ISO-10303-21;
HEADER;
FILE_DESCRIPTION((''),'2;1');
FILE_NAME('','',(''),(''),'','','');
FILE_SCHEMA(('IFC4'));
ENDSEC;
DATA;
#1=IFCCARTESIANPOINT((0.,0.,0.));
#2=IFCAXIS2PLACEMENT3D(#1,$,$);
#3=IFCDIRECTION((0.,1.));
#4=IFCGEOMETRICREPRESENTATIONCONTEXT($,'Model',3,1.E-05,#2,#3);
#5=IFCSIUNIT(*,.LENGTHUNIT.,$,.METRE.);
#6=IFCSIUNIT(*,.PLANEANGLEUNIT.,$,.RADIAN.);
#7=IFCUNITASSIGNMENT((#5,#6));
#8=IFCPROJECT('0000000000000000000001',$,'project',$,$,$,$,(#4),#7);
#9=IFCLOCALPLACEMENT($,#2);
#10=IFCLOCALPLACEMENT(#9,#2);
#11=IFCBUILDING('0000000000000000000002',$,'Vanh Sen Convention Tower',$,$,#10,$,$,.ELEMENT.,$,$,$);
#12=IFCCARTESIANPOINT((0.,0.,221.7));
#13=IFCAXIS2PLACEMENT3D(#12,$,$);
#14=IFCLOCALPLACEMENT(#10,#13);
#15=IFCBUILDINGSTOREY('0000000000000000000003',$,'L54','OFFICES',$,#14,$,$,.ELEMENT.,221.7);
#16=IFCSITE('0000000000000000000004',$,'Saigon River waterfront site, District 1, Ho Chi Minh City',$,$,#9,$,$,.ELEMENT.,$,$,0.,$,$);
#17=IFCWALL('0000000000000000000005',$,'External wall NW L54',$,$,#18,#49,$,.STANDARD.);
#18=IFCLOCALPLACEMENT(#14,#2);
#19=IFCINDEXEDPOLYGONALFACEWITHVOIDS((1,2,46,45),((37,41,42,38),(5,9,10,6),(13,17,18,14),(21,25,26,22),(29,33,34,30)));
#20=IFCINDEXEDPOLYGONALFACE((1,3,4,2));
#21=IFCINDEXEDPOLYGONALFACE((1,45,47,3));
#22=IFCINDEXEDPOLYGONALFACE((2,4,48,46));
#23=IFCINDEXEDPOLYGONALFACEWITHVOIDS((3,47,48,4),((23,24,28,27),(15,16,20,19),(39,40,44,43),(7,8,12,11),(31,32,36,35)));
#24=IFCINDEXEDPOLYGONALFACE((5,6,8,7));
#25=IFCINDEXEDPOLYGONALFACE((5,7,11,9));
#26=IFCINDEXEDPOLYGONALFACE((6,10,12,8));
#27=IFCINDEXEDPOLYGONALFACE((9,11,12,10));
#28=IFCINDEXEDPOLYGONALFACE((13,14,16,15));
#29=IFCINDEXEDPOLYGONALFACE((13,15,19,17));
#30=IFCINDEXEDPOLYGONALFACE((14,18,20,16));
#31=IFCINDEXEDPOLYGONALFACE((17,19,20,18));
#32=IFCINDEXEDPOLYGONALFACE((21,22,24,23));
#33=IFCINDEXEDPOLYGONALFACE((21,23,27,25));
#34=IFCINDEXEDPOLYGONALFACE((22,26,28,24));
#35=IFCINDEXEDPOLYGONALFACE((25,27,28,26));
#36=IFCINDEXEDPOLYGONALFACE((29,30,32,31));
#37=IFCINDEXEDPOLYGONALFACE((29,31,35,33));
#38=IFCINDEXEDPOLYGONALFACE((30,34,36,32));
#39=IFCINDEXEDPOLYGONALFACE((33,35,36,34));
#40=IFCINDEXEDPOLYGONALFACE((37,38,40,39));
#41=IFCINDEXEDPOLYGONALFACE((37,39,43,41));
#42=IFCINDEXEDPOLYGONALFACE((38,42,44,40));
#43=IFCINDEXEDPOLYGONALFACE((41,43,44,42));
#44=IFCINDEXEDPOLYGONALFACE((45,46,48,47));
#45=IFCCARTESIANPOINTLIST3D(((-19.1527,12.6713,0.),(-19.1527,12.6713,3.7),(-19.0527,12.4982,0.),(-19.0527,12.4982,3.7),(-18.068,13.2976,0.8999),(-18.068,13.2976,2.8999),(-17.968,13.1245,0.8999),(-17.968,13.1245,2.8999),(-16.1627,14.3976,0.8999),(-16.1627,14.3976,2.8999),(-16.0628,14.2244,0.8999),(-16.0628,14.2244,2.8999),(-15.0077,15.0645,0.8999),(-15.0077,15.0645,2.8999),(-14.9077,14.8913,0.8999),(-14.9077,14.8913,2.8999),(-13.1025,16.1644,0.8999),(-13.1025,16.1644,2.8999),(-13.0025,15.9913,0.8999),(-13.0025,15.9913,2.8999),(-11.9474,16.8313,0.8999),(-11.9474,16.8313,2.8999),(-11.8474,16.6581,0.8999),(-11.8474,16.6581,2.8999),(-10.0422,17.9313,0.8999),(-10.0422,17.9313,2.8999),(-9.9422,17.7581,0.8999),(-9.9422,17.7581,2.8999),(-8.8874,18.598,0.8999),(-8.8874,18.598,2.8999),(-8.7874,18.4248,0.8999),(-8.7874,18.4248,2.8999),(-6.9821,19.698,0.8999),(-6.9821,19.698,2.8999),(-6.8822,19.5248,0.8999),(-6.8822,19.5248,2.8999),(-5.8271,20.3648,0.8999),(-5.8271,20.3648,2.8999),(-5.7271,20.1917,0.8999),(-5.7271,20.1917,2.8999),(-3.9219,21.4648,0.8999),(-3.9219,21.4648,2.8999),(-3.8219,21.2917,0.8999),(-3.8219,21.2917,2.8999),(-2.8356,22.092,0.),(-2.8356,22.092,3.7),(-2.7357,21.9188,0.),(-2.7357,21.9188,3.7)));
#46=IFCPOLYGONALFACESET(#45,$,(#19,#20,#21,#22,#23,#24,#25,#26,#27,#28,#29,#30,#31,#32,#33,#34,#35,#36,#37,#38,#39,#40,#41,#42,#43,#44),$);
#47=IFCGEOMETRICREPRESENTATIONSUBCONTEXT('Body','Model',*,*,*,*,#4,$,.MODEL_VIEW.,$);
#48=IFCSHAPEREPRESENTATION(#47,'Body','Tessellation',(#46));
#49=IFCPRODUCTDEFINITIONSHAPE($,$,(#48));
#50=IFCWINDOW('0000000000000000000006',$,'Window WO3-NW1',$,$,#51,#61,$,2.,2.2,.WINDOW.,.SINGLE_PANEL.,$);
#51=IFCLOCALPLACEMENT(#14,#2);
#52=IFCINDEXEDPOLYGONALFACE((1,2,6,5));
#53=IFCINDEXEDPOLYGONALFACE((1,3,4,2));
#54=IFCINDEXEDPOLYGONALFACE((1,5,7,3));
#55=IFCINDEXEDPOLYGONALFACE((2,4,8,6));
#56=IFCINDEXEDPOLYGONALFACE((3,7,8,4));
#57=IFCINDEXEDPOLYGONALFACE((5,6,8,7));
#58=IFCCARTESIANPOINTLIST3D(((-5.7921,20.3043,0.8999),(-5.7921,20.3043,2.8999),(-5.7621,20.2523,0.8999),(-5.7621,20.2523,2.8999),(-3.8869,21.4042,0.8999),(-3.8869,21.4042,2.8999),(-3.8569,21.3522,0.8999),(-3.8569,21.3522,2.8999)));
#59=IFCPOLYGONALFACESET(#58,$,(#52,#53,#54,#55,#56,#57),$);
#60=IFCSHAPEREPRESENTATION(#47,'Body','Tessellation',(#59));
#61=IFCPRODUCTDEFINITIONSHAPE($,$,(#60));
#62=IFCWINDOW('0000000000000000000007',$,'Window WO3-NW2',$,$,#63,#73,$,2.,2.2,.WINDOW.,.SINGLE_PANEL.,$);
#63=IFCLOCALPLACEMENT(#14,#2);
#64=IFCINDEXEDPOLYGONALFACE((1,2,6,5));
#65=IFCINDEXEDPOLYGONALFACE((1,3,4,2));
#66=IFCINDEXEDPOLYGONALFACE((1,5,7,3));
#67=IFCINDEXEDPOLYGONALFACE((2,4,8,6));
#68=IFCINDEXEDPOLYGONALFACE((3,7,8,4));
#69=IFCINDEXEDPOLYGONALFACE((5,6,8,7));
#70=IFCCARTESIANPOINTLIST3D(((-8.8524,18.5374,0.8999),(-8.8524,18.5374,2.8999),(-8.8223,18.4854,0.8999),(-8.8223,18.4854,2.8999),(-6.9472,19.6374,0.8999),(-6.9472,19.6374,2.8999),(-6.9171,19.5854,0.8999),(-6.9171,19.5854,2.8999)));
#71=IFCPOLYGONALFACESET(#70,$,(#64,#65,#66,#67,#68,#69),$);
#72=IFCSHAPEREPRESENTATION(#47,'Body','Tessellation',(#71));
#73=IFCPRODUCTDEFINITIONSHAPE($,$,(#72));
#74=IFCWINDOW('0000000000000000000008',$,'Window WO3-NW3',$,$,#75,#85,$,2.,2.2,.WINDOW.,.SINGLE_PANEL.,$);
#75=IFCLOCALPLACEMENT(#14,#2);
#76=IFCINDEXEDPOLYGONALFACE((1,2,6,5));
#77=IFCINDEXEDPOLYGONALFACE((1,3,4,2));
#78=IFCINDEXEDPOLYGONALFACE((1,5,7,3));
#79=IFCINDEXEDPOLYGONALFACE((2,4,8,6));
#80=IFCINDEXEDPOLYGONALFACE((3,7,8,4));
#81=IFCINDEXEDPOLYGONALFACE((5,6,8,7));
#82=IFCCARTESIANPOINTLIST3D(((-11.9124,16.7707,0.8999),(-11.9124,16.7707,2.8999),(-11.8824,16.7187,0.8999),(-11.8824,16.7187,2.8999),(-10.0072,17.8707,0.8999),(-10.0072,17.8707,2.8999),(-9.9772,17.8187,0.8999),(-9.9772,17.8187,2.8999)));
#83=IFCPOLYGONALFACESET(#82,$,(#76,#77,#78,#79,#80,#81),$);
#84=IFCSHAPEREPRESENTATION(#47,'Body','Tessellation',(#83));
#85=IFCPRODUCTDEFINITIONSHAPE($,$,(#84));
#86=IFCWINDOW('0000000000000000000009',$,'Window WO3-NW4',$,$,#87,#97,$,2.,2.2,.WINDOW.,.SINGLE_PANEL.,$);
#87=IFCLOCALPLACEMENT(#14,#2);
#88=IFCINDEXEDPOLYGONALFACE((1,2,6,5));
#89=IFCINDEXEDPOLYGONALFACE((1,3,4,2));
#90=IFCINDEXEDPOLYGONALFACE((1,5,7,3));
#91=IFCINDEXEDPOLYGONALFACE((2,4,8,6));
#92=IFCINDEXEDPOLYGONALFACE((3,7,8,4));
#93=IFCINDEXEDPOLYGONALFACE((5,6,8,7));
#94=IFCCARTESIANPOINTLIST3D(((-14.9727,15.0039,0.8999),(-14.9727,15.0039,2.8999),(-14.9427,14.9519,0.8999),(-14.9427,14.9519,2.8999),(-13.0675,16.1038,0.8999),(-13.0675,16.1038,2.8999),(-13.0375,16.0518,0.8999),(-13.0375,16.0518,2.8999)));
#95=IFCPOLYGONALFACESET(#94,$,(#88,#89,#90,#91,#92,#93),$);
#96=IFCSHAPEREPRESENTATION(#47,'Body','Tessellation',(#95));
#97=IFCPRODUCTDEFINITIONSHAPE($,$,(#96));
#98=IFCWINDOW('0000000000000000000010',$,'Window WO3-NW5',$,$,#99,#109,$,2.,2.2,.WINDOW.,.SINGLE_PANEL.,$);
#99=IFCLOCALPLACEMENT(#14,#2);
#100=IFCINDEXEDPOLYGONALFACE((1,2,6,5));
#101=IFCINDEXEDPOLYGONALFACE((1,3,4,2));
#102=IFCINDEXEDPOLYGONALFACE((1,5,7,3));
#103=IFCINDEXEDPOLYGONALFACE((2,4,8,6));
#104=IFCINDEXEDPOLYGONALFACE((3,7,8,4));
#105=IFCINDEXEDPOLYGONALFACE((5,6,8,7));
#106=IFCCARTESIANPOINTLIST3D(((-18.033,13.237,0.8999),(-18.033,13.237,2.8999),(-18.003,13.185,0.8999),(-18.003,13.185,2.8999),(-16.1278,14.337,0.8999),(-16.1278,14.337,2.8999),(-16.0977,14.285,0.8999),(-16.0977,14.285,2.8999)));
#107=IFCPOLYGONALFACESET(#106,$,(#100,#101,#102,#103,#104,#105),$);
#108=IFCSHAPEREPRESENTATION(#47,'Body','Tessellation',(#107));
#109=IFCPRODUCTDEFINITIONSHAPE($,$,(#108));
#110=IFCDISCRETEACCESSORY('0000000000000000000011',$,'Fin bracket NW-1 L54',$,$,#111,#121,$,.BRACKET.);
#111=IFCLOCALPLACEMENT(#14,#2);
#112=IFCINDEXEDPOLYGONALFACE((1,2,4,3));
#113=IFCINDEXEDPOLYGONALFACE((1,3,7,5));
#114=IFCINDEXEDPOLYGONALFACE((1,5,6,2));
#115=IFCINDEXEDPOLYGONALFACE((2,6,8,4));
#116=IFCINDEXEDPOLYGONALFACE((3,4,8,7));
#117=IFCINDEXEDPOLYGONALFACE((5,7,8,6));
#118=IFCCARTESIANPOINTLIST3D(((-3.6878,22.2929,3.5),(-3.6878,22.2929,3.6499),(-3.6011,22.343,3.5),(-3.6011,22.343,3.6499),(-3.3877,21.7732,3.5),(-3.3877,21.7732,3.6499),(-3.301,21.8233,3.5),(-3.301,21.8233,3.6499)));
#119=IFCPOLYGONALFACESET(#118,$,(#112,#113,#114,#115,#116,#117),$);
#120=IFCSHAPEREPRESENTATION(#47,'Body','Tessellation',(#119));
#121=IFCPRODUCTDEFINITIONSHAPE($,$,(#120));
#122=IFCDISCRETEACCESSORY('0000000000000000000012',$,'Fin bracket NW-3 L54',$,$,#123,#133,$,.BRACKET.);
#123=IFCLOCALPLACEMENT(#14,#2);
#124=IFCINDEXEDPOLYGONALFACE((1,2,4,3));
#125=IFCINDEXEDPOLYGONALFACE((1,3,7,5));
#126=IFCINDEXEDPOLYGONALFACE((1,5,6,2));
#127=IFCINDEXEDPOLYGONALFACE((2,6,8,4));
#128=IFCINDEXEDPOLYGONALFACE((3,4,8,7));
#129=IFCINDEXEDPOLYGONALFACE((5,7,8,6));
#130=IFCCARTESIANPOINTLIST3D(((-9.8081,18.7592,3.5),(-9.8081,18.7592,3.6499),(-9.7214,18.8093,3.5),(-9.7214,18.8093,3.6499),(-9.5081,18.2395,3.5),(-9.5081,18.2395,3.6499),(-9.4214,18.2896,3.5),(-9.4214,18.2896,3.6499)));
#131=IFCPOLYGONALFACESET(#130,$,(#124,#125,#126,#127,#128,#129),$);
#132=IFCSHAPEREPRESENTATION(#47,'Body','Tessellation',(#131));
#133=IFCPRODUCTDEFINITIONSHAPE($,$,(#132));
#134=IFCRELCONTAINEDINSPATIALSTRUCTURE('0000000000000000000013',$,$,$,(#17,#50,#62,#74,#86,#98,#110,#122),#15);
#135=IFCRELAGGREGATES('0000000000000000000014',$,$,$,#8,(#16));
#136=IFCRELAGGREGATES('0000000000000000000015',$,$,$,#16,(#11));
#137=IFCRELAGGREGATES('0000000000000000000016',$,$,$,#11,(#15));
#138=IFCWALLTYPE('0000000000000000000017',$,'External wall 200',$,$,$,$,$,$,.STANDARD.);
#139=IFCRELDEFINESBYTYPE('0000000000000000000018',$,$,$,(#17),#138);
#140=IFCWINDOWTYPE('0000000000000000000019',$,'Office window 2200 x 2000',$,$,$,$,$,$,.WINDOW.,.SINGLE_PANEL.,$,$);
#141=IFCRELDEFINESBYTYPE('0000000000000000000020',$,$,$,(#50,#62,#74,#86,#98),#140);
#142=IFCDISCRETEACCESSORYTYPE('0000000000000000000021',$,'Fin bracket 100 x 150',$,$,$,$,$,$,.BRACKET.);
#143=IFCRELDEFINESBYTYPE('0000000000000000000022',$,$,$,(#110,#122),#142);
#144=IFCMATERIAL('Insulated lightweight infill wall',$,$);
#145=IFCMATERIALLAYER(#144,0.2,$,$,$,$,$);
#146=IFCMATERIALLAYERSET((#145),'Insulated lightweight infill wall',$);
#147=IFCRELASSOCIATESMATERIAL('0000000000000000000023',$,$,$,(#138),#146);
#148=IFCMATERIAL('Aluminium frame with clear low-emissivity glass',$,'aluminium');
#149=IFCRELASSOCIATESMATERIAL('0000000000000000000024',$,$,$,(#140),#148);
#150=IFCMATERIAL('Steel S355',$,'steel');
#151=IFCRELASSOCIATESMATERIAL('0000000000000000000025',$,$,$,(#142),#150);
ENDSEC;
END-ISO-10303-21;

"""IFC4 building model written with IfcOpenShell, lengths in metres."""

from ifc_helpers import new_model, si_unit, direction, frame, frame_2d, origin, origin_2d, place, context, subcontext, project, spatial, rectangle, extrude, material, layer, layer_set, type_object, element, fill, save


model = new_model("IFC4")

# Units and contexts
model_context = context("Model", 3, precision=1e-05, world=origin(), true_north=direction((0.0, 1.0)))
body_context = subcontext(model_context, "Body", "Model", "MODEL_VIEW")
ifc_project = project(units=[si_unit("LENGTHUNIT", "METRE"), si_unit("PLANEANGLEUNIT", "RADIAN")], contexts=[model_context])

# Site, building, storey
site_placement = place(None, origin())
site = spatial("IfcSite", under=ifc_project, at=site_placement, Name="Saigon River waterfront site, District 1, Ho Chi Minh City", CompositionType="ELEMENT", RefElevation=0.0)
building_placement = place(site_placement, origin())
building = spatial("IfcBuilding", under=site, at=building_placement, Name="Vanh Sen Convention Tower", CompositionType="ELEMENT")
storey_placement = place(building_placement, frame((0.0, 0.0, 221.7)))
storey = spatial("IfcBuildingStorey", under=building, at=storey_placement, Name="L54", Description="OFFICES", CompositionType="ELEMENT", Elevation=221.7)

# Wall, openings, windows
ifc_material_1 = material(Name="Insulated lightweight infill wall")
ifc_layer_1 = layer(ifc_material_1, 0.2)
ifc_layer_set_1 = layer_set([ifc_layer_1], Name="Insulated lightweight infill wall")
wall_type_1 = type_object("IfcWallType", Name="External wall 200", PredefinedType="STANDARD", material=ifc_layer_set_1)
wall_1_placement = place(storey_placement, frame((-2.7856, 22.0054, 0.0), z_axis=(0.0, 0.0, 1.0), x_axis=(-0.866027, -0.499998, 0.0)))
wall_1 = element("IfcWall", 1, at=wall_1_placement, inside=storey, type_object=wall_type_1, Name="External wall NW L54", PredefinedType="STANDARD", context=body_context, shape_type="SweptSolid", body=[
    extrude(rectangle(XDim=18.8413, YDim=0.2, at=frame_2d((9.4207, 0.0))), origin(), (0.0, 0.0, 1.0), 3.7),
])
opening_1_placement = place(wall_1_placement, frame((1.2542, 0.0, 0.8999)))
opening_1 = element("IfcOpeningElement", 2, at=opening_1_placement, cuts=wall_1, PredefinedType="OPENING", context=body_context, shape_type="SweptSolid", body=[
    extrude(rectangle(XDim=2.2, YDim=2.0, at=frame_2d((1.1001, 1.0))), frame((0.0, 0.1099, 0.0), z_axis=(0.0, -1.0, 0.0), x_axis=(1.0, 0.0, 0.0)), (0.0, 0.0, 1.0), 0.22),
])
opening_2_placement = place(wall_1_placement, frame((4.7878, 0.0, 0.8999)))
opening_2 = element("IfcOpeningElement", 3, at=opening_2_placement, cuts=wall_1, PredefinedType="OPENING", context=body_context, shape_type="SweptSolid", body=[
    extrude(rectangle(XDim=2.2, YDim=2.0, at=frame_2d((1.1001, 1.0))), frame((0.0, 0.1099, 0.0), z_axis=(0.0, -1.0, 0.0), x_axis=(1.0, 0.0, 0.0)), (0.0, 0.0, 1.0), 0.22),
])
opening_3_placement = place(wall_1_placement, frame((8.3213, 0.0, 0.8999)))
opening_3 = element("IfcOpeningElement", 4, at=opening_3_placement, cuts=wall_1, PredefinedType="OPENING", context=body_context, shape_type="SweptSolid", body=[
    extrude(rectangle(XDim=2.2, YDim=2.0, at=frame_2d((1.1001, 1.0))), frame((0.0, 0.1099, 0.0), z_axis=(0.0, -1.0, 0.0), x_axis=(1.0, 0.0, 0.0)), (0.0, 0.0, 1.0), 0.22),
])
opening_4_placement = place(wall_1_placement, frame((11.855, 0.0, 0.8999)))
opening_4 = element("IfcOpeningElement", 5, at=opening_4_placement, cuts=wall_1, PredefinedType="OPENING", context=body_context, shape_type="SweptSolid", body=[
    extrude(rectangle(XDim=2.2, YDim=2.0, at=frame_2d((1.1001, 1.0))), frame((0.0, 0.1099, 0.0), z_axis=(0.0, -1.0, 0.0), x_axis=(1.0, 0.0, 0.0)), (0.0, 0.0, 1.0), 0.22),
])
opening_5_placement = place(wall_1_placement, frame((15.3887, 0.0, 0.8999)))
opening_5 = element("IfcOpeningElement", 6, at=opening_5_placement, cuts=wall_1, PredefinedType="OPENING", context=body_context, shape_type="SweptSolid", body=[
    extrude(rectangle(XDim=2.2, YDim=2.0, at=frame_2d((1.1001, 1.0))), frame((0.0, 0.1099, 0.0), z_axis=(0.0, -1.0, 0.0), x_axis=(1.0, 0.0, 0.0)), (0.0, 0.0, 1.0), 0.22),
])
ifc_material_2 = material(Name="Aluminium frame with clear low-emissivity glass", Category="aluminium")
window_type = type_object("IfcWindowType", Name="Office window 2200 x 2000", PartitioningType="SINGLE_PANEL", PredefinedType="WINDOW", material=ifc_material_2)
window_1_placement = place(opening_1_placement, origin())
window_1 = element("IfcWindow", 7, at=window_1_placement, inside=storey, type_object=window_type, Name="Window WO3-NW1", OverallHeight=2.0, OverallWidth=2.2, PartitioningType="SINGLE_PANEL", PredefinedType="WINDOW", context=body_context, shape_type="SweptSolid", body=[
    extrude(rectangle(XDim=2.2, YDim=2.0, at=frame_2d((1.1001, 1.0))), frame((0.0, 0.03, 0.0), z_axis=(0.0, -1.0, 0.0), x_axis=(1.0, 0.0, 0.0)), (0.0, 0.0, 1.0), 0.0601),
])
fill(opening_1, window_1)
window_2_placement = place(opening_2_placement, origin())
window_2 = element("IfcWindow", 8, at=window_2_placement, inside=storey, type_object=window_type, Name="Window WO3-NW2", OverallHeight=2.0, OverallWidth=2.2, PartitioningType="SINGLE_PANEL", PredefinedType="WINDOW", context=body_context, shape_type="SweptSolid", body=[
    extrude(rectangle(XDim=2.2, YDim=2.0, at=frame_2d((1.1001, 1.0))), frame((0.0, 0.03, 0.0), z_axis=(0.0, -1.0, 0.0), x_axis=(1.0, 0.0, 0.0)), (0.0, 0.0, 1.0), 0.0601),
])
fill(opening_2, window_2)
window_3_placement = place(opening_3_placement, origin())
window_3 = element("IfcWindow", 9, at=window_3_placement, inside=storey, type_object=window_type, Name="Window WO3-NW3", OverallHeight=2.0, OverallWidth=2.2, PartitioningType="SINGLE_PANEL", PredefinedType="WINDOW", context=body_context, shape_type="SweptSolid", body=[
    extrude(rectangle(XDim=2.2, YDim=2.0, at=frame_2d((1.1001, 1.0))), frame((0.0, 0.03, 0.0), z_axis=(0.0, -1.0, 0.0), x_axis=(1.0, 0.0, 0.0)), (0.0, 0.0, 1.0), 0.0601),
])
fill(opening_3, window_3)
window_4_placement = place(opening_4_placement, origin())
window_4 = element("IfcWindow", 10, at=window_4_placement, inside=storey, type_object=window_type, Name="Window WO3-NW4", OverallHeight=2.0, OverallWidth=2.2, PartitioningType="SINGLE_PANEL", PredefinedType="WINDOW", context=body_context, shape_type="SweptSolid", body=[
    extrude(rectangle(XDim=2.2, YDim=2.0, at=frame_2d((1.1001, 1.0))), frame((0.0, 0.03, 0.0), z_axis=(0.0, -1.0, 0.0), x_axis=(1.0, 0.0, 0.0)), (0.0, 0.0, 1.0), 0.0601),
])
fill(opening_4, window_4)
window_5_placement = place(opening_5_placement, origin())
window_5 = element("IfcWindow", 11, at=window_5_placement, inside=storey, type_object=window_type, Name="Window WO3-NW5", OverallHeight=2.0, OverallWidth=2.2, PartitioningType="SINGLE_PANEL", PredefinedType="WINDOW", context=body_context, shape_type="SweptSolid", body=[
    extrude(rectangle(XDim=2.2, YDim=2.0, at=frame_2d((1.1001, 1.0))), frame((0.0, 0.03, 0.0), z_axis=(0.0, -1.0, 0.0), x_axis=(1.0, 0.0, 0.0)), (0.0, 0.0, 1.0), 0.0601),
])
fill(opening_5, window_5)

# Discrete accessories
ifc_material_3 = material(Name="Steel S355", Category="steel")
discrete_accessory_type = type_object("IfcDiscreteAccessoryType", Name="Fin bracket 100 x 150", PredefinedType="BRACKET", material=ifc_material_3)
for number, where, z_axis, x_axis, name in (
    (12, (-3.4944, 22.0581, 3.5), (0.0, 0.0, 1.0), (-0.5, 0.866025, 0.0), "Fin bracket NW-1 L54"),
    (13, (-9.6147, 18.5244, 3.5), (0.0, 0.0, 1.0), (-0.5, 0.866025, 0.0), "Fin bracket NW-3 L54"),
):
    element("IfcDiscreteAccessory", number, at=place(storey_placement, frame(where, z_axis=z_axis, x_axis=x_axis)), inside=storey, type_object=discrete_accessory_type, Name=name, PredefinedType="BRACKET", context=body_context, shape_type="SweptSolid", body=[
        extrude(rectangle(XDim=0.6001, YDim=0.1001, at=origin_2d()), origin(), (0.0, 0.0, 1.0), 0.1499),
    ])

save(model, "model.ifc")
